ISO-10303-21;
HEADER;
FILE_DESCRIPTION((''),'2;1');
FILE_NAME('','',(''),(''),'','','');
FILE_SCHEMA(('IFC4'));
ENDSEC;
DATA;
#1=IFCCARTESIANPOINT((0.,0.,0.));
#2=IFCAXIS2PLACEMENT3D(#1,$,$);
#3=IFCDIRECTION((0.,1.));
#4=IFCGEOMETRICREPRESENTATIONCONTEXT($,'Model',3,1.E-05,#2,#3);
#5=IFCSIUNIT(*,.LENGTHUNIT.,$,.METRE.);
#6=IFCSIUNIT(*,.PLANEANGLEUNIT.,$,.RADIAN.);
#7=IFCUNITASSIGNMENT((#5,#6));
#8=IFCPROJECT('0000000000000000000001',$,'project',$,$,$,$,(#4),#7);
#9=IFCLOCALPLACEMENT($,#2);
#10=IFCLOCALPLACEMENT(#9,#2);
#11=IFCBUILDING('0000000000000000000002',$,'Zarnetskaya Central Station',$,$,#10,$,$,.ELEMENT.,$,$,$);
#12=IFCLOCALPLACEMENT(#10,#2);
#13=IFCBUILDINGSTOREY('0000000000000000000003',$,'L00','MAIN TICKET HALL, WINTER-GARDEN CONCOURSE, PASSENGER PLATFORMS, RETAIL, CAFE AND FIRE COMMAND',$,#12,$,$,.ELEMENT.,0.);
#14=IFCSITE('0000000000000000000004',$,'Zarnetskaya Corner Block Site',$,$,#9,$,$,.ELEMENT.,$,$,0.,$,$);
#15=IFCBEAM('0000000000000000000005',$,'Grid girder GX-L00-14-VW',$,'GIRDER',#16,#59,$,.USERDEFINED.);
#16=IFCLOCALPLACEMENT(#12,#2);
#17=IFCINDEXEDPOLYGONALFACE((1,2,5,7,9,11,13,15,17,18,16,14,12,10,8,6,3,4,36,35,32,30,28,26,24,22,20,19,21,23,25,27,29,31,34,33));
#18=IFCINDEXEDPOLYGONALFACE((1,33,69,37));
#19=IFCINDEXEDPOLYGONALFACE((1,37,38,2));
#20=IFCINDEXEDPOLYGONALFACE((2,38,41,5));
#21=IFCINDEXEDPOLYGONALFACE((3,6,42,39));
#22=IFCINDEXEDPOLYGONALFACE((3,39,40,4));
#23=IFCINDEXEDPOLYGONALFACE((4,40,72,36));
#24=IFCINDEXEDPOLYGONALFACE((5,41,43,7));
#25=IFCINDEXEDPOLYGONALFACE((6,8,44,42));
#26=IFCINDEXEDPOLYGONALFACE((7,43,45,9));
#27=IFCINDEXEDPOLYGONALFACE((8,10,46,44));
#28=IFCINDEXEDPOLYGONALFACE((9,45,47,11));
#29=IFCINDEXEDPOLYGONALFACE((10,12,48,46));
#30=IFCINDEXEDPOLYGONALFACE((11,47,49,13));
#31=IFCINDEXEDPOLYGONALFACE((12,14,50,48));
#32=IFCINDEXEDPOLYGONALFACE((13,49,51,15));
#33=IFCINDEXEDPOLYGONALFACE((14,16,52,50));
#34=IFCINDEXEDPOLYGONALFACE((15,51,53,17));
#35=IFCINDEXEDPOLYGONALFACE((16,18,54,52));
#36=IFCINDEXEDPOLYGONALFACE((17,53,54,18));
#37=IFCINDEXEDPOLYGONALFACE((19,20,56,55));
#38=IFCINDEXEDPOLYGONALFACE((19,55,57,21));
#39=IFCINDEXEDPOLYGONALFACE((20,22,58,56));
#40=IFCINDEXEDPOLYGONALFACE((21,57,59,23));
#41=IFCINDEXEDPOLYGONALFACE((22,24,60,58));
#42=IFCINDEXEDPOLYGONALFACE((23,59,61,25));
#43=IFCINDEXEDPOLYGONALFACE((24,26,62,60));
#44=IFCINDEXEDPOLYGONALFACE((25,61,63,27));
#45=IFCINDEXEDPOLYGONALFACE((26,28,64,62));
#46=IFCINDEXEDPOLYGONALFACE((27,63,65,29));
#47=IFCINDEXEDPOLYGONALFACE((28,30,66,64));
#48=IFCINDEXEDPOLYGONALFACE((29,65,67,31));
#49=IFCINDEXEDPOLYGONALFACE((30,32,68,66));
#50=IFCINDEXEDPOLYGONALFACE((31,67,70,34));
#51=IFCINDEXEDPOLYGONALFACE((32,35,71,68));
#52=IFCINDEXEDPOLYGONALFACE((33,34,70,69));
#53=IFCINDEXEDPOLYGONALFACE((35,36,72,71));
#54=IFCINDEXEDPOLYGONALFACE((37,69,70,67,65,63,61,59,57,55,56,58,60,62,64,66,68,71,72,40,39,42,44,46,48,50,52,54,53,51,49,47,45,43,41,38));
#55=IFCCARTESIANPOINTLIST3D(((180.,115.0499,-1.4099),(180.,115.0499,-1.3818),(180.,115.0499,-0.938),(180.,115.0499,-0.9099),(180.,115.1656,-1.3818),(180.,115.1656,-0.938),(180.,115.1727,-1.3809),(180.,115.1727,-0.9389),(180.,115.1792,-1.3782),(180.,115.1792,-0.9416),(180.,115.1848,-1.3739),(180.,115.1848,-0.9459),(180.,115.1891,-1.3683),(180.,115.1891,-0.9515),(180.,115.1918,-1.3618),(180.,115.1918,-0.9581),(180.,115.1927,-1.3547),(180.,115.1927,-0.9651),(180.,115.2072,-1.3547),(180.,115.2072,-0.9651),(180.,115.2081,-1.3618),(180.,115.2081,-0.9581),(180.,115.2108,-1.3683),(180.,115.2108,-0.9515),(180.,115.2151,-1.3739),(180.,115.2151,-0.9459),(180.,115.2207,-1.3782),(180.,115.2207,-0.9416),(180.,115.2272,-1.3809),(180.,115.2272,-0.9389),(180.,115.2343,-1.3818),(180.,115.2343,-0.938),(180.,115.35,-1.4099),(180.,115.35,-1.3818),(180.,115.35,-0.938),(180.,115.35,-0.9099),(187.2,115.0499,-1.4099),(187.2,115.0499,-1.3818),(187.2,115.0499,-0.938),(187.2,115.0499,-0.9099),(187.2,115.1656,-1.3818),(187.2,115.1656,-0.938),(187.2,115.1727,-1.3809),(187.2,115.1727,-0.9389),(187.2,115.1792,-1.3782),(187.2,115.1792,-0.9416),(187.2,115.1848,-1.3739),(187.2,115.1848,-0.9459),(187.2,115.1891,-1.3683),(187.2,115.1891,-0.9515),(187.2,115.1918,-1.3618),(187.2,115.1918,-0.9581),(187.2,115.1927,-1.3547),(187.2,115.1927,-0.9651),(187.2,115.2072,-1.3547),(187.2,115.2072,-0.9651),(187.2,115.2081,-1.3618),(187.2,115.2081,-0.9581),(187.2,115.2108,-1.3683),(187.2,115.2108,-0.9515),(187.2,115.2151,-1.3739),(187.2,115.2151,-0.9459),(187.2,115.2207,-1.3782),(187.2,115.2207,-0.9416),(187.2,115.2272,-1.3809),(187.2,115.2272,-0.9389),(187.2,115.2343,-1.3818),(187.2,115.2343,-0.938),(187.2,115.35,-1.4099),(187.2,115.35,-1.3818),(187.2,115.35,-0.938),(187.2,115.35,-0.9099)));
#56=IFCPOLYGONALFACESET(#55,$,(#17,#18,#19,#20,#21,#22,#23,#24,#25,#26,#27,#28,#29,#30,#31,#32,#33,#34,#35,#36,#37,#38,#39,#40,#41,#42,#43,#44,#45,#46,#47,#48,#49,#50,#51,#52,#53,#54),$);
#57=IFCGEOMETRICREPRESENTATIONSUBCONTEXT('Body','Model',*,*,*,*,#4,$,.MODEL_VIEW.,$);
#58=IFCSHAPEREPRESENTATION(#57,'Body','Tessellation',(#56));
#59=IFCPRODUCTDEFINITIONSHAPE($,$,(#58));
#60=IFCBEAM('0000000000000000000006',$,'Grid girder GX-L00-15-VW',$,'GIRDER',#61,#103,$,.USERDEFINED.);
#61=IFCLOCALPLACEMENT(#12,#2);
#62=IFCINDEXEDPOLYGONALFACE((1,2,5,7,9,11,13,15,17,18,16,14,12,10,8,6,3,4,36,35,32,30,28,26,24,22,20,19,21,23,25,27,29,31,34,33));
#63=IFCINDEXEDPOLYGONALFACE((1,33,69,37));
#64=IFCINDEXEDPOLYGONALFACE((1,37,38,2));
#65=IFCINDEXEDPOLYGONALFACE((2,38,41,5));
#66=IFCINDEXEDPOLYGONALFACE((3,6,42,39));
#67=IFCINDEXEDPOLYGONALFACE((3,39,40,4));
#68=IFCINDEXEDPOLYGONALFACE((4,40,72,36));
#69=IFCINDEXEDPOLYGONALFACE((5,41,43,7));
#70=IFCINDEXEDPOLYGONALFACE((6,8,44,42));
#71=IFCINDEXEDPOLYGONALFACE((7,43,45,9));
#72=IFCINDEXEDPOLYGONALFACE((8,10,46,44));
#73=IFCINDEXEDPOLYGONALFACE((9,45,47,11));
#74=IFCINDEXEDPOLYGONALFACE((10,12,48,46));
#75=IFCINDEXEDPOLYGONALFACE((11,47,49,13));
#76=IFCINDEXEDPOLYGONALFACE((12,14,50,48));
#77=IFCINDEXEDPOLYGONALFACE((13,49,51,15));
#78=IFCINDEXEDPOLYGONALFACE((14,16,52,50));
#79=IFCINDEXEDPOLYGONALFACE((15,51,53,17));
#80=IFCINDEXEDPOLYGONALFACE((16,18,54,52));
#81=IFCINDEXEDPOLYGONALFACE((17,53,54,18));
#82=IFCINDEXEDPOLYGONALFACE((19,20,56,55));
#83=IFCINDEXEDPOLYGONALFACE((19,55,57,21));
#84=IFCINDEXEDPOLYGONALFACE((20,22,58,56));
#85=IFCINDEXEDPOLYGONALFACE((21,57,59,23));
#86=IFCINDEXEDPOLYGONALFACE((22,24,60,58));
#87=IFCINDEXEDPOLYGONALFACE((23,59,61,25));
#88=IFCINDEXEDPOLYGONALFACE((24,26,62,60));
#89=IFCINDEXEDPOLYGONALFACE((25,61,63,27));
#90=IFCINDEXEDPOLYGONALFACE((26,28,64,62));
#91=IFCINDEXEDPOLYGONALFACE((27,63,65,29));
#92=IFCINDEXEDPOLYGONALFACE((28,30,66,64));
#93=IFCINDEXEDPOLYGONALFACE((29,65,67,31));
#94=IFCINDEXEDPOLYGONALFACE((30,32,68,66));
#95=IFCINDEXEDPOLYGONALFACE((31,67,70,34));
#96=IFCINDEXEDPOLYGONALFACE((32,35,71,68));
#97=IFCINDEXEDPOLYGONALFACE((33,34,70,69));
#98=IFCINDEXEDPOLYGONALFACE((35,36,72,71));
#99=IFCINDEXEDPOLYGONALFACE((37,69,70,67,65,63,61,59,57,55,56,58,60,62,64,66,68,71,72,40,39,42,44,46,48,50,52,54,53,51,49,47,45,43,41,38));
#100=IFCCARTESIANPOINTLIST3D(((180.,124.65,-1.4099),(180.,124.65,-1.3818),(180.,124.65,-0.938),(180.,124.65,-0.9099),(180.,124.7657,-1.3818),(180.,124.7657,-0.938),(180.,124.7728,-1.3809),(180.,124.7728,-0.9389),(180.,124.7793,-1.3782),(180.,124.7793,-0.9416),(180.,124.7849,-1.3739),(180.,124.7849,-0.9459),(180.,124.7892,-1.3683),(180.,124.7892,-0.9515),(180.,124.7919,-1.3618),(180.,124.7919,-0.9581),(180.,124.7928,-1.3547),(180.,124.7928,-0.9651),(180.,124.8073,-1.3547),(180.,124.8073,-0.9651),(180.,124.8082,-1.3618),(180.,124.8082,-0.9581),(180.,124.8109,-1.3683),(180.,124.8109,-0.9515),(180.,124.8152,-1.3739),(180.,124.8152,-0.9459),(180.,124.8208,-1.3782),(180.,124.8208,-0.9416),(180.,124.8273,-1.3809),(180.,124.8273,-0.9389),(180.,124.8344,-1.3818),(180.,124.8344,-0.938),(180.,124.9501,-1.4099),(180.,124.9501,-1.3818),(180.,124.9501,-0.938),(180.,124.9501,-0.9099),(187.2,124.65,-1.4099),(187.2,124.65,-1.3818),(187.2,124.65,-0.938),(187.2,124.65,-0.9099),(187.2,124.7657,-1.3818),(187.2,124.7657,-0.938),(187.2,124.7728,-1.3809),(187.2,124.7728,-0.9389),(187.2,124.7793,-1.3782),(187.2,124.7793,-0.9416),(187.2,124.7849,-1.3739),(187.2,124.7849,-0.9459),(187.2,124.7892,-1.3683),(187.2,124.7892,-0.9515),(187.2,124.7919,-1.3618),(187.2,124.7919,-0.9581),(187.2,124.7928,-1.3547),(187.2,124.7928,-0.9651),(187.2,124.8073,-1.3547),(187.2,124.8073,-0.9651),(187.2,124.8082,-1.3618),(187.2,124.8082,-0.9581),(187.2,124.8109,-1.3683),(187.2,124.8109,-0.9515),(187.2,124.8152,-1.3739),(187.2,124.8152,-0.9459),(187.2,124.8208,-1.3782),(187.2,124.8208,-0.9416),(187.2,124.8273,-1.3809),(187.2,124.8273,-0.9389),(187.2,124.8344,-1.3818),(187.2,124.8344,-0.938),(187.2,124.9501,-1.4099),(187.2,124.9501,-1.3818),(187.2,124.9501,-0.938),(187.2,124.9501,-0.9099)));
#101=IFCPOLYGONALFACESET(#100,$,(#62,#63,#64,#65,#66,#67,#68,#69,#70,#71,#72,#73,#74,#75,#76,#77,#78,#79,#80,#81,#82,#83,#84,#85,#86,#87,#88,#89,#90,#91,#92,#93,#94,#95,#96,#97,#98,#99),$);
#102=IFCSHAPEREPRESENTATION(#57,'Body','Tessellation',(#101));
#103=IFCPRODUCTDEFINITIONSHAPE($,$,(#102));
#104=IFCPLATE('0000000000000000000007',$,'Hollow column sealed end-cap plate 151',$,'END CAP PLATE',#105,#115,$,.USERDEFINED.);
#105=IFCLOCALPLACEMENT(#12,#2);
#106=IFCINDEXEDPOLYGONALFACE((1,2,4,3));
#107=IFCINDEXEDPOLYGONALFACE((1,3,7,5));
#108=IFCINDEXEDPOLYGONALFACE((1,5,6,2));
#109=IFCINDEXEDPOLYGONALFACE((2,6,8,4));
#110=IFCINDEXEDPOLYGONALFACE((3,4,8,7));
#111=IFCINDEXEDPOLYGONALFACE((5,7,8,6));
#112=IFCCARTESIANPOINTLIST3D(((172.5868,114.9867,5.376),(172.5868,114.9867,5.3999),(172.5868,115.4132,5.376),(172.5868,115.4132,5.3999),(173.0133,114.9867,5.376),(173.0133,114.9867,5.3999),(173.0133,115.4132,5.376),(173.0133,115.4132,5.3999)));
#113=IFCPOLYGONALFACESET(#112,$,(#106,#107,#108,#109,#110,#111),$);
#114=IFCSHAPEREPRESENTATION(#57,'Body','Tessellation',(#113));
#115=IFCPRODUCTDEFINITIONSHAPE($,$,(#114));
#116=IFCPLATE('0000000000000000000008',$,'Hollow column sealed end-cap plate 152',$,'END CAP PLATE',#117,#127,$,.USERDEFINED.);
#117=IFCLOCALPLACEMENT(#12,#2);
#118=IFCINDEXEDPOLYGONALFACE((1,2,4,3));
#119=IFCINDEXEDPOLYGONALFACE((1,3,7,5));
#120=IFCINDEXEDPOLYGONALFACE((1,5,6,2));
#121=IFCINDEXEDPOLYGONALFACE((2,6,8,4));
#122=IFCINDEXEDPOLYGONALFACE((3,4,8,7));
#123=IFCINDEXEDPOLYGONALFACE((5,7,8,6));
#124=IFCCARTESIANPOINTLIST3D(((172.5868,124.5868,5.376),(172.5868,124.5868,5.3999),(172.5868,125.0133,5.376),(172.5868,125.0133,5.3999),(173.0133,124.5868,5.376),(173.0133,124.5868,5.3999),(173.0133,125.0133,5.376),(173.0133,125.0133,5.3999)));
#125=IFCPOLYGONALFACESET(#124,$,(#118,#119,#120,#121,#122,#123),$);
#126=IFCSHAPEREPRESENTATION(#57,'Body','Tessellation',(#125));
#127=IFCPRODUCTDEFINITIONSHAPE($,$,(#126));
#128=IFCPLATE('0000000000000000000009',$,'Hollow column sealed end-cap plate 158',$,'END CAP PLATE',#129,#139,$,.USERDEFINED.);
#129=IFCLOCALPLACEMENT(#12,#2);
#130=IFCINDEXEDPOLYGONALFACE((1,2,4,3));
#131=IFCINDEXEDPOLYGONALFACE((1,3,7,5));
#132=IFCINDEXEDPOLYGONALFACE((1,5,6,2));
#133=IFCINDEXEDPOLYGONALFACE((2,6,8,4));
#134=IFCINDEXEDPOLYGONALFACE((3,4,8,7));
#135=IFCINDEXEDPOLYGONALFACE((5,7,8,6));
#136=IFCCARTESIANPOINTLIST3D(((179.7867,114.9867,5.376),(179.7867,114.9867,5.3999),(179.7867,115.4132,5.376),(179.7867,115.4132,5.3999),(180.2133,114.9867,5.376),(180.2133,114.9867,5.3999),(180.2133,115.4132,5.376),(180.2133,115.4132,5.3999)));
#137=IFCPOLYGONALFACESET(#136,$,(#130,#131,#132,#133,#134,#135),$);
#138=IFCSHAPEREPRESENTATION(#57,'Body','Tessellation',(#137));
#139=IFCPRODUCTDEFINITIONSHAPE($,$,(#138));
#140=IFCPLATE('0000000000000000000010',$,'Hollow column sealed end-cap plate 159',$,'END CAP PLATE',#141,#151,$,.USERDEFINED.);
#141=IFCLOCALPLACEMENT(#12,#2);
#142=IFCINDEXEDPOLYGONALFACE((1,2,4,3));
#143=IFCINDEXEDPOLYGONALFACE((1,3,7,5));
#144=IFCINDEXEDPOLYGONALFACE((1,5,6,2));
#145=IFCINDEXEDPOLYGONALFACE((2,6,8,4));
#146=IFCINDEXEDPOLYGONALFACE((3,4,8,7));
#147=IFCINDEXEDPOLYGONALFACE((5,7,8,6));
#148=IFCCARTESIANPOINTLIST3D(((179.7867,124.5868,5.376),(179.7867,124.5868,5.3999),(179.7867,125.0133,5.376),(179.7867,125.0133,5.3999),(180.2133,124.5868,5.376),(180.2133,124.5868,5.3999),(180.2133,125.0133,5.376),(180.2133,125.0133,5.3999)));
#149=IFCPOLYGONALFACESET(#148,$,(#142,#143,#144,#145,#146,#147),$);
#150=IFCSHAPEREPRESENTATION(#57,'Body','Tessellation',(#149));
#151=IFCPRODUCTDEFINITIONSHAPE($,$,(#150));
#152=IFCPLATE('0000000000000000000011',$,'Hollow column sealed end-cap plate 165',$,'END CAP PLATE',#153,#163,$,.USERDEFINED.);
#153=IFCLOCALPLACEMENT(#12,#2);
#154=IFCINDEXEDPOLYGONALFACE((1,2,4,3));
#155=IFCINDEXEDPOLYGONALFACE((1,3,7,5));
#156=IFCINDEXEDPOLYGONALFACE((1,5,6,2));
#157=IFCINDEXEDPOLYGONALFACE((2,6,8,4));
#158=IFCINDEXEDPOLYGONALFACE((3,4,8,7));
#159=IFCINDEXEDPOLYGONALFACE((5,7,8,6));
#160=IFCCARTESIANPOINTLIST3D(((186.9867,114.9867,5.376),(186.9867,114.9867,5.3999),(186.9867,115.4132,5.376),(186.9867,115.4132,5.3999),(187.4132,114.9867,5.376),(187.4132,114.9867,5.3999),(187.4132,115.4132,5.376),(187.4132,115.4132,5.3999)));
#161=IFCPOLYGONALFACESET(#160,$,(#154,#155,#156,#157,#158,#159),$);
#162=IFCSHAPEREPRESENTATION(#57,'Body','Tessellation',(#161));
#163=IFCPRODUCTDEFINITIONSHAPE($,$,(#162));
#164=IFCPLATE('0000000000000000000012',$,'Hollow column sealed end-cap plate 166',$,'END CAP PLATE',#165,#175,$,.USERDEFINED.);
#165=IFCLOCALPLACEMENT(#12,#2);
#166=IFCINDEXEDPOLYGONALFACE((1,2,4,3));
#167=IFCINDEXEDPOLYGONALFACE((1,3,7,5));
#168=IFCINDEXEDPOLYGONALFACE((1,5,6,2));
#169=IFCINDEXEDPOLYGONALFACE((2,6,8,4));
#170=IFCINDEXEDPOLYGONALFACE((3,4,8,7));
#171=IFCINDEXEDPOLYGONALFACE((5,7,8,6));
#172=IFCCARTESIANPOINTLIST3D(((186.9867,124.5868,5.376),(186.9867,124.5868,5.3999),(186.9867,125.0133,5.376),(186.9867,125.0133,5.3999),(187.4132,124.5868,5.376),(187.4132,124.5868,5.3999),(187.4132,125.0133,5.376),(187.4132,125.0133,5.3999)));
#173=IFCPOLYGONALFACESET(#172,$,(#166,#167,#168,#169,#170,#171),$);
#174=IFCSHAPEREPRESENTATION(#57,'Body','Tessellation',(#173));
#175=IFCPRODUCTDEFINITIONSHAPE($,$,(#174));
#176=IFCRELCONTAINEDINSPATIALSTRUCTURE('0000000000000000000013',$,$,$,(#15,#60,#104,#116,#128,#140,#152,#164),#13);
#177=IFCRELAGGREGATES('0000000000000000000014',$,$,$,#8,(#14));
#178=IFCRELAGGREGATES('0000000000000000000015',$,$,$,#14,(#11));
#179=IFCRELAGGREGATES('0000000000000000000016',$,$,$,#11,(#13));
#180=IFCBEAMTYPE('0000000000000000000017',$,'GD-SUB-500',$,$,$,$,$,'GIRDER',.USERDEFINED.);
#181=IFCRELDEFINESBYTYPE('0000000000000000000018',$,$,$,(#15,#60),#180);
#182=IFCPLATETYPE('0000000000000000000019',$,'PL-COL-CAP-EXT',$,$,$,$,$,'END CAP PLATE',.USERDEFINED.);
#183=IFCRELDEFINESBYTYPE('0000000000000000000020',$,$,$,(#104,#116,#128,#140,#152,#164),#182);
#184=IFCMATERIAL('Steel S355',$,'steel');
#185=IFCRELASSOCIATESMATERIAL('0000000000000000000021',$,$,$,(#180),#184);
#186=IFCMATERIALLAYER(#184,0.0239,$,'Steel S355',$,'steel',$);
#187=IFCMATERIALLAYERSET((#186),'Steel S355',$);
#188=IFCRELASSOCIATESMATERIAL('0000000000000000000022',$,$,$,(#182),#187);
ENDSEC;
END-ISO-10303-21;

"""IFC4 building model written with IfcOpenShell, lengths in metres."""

from ifc_helpers import new_model, si_unit, direction, frame, origin, origin_2d, place, context, subcontext, project, spatial, rectangle, i_section, extrude, material, layer, layer_set, material_profile, profile_set, type_object, element, save


model = new_model("IFC4")

# Units and contexts
model_context = context("Model", 3, precision=1e-05, world=origin(), true_north=direction((0.0, 1.0)))
body_context = subcontext(model_context, "Body", "Model", "MODEL_VIEW")
ifc_project = project(units=[si_unit("LENGTHUNIT", "METRE"), si_unit("PLANEANGLEUNIT", "RADIAN")], contexts=[model_context])

# Site, building, storey
site_placement = place(None, origin())
site = spatial("IfcSite", under=ifc_project, at=site_placement, Name="Zarnetskaya Corner Block Site", CompositionType="ELEMENT", RefElevation=0.0)
building_placement = place(site_placement, origin())
building = spatial("IfcBuilding", under=site, at=building_placement, Name="Zarnetskaya Central Station", CompositionType="ELEMENT")
storey_placement = place(building_placement, origin())
storey = spatial("IfcBuildingStorey", under=building, at=storey_placement, Name="L00", Description="MAIN TICKET HALL, WINTER-GARDEN CONCOURSE, PASSENGER PLATFORMS, RETAIL, CAFE AND FIRE COMMAND", CompositionType="ELEMENT", Elevation=0.0)

# Shared definitions
ifc_material = material(Name="Steel S355", Category="steel")

# Beams
ifc_material_profile_1 = material_profile(ifc_material, i_section(OverallWidth=0.3, OverallDepth=0.5, WebThickness=0.0144, FlangeThickness=0.0281, FilletRadius=0.0271, at=origin_2d()), Name="HEB 500")
ifc_profile_set_1 = profile_set([ifc_material_profile_1], Name="Steel S355")
beam_type_1 = type_object("IfcBeamType", Name="GD-SUB-500", ElementType="GIRDER", PredefinedType="USERDEFINED", material=ifc_profile_set_1)
for number, where, z_axis, x_axis, name in (
    (1, (180.0, 115.2, -1.1599), (1.0, 0.0, 0.0), (0.0, 1.0, 0.0), "Grid girder GX-L00-14-VW"),
    (2, (180.0, 124.8, -1.1599), (1.0, 0.0, 0.0), (0.0, 1.0, 0.0), "Grid girder GX-L00-15-VW"),
):
    element("IfcBeam", number, at=place(storey_placement, frame(where, z_axis=z_axis, x_axis=x_axis)), inside=storey, type_object=beam_type_1, Name=name, ObjectType="GIRDER", PredefinedType="USERDEFINED", context=body_context, shape_type="SweptSolid", body=[
        extrude(i_section(OverallWidth=0.3, OverallDepth=0.5, WebThickness=0.0144, FlangeThickness=0.0281, FilletRadius=0.0271, at=origin_2d()), origin(), (0.0, 0.0, 1.0), 7.2),
    ])

# Plates
ifc_layer = layer(ifc_material, 0.0239, Name="Steel S355", Category="steel")
ifc_layer_set = layer_set([ifc_layer], Name="Steel S355")
plate_type = type_object("IfcPlateType", Name="PL-COL-CAP-EXT", ElementType="END CAP PLATE", PredefinedType="USERDEFINED", material=ifc_layer_set)
for number, where, z_axis, x_axis, name in (
    (3, (172.8, 115.2, 5.376), (0.0, 0.0, 1.0), (1.0, 0.0, 0.0), "Hollow column sealed end-cap plate 151"),
    (4, (172.8, 124.8, 5.376), (0.0, 0.0, 1.0), (1.0, 0.0, 0.0), "Hollow column sealed end-cap plate 152"),
    (5, (180.0, 115.2, 5.376), (0.0, 0.0, 1.0), (1.0, 0.0, 0.0), "Hollow column sealed end-cap plate 158"),
    (6, (180.0, 124.8, 5.376), (0.0, 0.0, 1.0), (1.0, 0.0, 0.0), "Hollow column sealed end-cap plate 159"),
    (7, (187.2, 115.2, 5.376), (0.0, 0.0, 1.0), (1.0, 0.0, 0.0), "Hollow column sealed end-cap plate 165"),
    (8, (187.2, 124.8, 5.376), (0.0, 0.0, 1.0), (1.0, 0.0, 0.0), "Hollow column sealed end-cap plate 166"),
):
    element("IfcPlate", number, at=place(storey_placement, frame(where, z_axis=z_axis, x_axis=x_axis)), inside=storey, type_object=plate_type, Name=name, ObjectType="END CAP PLATE", PredefinedType="USERDEFINED", context=body_context, shape_type="SweptSolid", body=[
        extrude(rectangle(XDim=0.4265, YDim=0.4265, at=origin_2d()), origin(), (0.0, 0.0, 1.0), 0.0239),
    ])

save(model, "model.ifc")
